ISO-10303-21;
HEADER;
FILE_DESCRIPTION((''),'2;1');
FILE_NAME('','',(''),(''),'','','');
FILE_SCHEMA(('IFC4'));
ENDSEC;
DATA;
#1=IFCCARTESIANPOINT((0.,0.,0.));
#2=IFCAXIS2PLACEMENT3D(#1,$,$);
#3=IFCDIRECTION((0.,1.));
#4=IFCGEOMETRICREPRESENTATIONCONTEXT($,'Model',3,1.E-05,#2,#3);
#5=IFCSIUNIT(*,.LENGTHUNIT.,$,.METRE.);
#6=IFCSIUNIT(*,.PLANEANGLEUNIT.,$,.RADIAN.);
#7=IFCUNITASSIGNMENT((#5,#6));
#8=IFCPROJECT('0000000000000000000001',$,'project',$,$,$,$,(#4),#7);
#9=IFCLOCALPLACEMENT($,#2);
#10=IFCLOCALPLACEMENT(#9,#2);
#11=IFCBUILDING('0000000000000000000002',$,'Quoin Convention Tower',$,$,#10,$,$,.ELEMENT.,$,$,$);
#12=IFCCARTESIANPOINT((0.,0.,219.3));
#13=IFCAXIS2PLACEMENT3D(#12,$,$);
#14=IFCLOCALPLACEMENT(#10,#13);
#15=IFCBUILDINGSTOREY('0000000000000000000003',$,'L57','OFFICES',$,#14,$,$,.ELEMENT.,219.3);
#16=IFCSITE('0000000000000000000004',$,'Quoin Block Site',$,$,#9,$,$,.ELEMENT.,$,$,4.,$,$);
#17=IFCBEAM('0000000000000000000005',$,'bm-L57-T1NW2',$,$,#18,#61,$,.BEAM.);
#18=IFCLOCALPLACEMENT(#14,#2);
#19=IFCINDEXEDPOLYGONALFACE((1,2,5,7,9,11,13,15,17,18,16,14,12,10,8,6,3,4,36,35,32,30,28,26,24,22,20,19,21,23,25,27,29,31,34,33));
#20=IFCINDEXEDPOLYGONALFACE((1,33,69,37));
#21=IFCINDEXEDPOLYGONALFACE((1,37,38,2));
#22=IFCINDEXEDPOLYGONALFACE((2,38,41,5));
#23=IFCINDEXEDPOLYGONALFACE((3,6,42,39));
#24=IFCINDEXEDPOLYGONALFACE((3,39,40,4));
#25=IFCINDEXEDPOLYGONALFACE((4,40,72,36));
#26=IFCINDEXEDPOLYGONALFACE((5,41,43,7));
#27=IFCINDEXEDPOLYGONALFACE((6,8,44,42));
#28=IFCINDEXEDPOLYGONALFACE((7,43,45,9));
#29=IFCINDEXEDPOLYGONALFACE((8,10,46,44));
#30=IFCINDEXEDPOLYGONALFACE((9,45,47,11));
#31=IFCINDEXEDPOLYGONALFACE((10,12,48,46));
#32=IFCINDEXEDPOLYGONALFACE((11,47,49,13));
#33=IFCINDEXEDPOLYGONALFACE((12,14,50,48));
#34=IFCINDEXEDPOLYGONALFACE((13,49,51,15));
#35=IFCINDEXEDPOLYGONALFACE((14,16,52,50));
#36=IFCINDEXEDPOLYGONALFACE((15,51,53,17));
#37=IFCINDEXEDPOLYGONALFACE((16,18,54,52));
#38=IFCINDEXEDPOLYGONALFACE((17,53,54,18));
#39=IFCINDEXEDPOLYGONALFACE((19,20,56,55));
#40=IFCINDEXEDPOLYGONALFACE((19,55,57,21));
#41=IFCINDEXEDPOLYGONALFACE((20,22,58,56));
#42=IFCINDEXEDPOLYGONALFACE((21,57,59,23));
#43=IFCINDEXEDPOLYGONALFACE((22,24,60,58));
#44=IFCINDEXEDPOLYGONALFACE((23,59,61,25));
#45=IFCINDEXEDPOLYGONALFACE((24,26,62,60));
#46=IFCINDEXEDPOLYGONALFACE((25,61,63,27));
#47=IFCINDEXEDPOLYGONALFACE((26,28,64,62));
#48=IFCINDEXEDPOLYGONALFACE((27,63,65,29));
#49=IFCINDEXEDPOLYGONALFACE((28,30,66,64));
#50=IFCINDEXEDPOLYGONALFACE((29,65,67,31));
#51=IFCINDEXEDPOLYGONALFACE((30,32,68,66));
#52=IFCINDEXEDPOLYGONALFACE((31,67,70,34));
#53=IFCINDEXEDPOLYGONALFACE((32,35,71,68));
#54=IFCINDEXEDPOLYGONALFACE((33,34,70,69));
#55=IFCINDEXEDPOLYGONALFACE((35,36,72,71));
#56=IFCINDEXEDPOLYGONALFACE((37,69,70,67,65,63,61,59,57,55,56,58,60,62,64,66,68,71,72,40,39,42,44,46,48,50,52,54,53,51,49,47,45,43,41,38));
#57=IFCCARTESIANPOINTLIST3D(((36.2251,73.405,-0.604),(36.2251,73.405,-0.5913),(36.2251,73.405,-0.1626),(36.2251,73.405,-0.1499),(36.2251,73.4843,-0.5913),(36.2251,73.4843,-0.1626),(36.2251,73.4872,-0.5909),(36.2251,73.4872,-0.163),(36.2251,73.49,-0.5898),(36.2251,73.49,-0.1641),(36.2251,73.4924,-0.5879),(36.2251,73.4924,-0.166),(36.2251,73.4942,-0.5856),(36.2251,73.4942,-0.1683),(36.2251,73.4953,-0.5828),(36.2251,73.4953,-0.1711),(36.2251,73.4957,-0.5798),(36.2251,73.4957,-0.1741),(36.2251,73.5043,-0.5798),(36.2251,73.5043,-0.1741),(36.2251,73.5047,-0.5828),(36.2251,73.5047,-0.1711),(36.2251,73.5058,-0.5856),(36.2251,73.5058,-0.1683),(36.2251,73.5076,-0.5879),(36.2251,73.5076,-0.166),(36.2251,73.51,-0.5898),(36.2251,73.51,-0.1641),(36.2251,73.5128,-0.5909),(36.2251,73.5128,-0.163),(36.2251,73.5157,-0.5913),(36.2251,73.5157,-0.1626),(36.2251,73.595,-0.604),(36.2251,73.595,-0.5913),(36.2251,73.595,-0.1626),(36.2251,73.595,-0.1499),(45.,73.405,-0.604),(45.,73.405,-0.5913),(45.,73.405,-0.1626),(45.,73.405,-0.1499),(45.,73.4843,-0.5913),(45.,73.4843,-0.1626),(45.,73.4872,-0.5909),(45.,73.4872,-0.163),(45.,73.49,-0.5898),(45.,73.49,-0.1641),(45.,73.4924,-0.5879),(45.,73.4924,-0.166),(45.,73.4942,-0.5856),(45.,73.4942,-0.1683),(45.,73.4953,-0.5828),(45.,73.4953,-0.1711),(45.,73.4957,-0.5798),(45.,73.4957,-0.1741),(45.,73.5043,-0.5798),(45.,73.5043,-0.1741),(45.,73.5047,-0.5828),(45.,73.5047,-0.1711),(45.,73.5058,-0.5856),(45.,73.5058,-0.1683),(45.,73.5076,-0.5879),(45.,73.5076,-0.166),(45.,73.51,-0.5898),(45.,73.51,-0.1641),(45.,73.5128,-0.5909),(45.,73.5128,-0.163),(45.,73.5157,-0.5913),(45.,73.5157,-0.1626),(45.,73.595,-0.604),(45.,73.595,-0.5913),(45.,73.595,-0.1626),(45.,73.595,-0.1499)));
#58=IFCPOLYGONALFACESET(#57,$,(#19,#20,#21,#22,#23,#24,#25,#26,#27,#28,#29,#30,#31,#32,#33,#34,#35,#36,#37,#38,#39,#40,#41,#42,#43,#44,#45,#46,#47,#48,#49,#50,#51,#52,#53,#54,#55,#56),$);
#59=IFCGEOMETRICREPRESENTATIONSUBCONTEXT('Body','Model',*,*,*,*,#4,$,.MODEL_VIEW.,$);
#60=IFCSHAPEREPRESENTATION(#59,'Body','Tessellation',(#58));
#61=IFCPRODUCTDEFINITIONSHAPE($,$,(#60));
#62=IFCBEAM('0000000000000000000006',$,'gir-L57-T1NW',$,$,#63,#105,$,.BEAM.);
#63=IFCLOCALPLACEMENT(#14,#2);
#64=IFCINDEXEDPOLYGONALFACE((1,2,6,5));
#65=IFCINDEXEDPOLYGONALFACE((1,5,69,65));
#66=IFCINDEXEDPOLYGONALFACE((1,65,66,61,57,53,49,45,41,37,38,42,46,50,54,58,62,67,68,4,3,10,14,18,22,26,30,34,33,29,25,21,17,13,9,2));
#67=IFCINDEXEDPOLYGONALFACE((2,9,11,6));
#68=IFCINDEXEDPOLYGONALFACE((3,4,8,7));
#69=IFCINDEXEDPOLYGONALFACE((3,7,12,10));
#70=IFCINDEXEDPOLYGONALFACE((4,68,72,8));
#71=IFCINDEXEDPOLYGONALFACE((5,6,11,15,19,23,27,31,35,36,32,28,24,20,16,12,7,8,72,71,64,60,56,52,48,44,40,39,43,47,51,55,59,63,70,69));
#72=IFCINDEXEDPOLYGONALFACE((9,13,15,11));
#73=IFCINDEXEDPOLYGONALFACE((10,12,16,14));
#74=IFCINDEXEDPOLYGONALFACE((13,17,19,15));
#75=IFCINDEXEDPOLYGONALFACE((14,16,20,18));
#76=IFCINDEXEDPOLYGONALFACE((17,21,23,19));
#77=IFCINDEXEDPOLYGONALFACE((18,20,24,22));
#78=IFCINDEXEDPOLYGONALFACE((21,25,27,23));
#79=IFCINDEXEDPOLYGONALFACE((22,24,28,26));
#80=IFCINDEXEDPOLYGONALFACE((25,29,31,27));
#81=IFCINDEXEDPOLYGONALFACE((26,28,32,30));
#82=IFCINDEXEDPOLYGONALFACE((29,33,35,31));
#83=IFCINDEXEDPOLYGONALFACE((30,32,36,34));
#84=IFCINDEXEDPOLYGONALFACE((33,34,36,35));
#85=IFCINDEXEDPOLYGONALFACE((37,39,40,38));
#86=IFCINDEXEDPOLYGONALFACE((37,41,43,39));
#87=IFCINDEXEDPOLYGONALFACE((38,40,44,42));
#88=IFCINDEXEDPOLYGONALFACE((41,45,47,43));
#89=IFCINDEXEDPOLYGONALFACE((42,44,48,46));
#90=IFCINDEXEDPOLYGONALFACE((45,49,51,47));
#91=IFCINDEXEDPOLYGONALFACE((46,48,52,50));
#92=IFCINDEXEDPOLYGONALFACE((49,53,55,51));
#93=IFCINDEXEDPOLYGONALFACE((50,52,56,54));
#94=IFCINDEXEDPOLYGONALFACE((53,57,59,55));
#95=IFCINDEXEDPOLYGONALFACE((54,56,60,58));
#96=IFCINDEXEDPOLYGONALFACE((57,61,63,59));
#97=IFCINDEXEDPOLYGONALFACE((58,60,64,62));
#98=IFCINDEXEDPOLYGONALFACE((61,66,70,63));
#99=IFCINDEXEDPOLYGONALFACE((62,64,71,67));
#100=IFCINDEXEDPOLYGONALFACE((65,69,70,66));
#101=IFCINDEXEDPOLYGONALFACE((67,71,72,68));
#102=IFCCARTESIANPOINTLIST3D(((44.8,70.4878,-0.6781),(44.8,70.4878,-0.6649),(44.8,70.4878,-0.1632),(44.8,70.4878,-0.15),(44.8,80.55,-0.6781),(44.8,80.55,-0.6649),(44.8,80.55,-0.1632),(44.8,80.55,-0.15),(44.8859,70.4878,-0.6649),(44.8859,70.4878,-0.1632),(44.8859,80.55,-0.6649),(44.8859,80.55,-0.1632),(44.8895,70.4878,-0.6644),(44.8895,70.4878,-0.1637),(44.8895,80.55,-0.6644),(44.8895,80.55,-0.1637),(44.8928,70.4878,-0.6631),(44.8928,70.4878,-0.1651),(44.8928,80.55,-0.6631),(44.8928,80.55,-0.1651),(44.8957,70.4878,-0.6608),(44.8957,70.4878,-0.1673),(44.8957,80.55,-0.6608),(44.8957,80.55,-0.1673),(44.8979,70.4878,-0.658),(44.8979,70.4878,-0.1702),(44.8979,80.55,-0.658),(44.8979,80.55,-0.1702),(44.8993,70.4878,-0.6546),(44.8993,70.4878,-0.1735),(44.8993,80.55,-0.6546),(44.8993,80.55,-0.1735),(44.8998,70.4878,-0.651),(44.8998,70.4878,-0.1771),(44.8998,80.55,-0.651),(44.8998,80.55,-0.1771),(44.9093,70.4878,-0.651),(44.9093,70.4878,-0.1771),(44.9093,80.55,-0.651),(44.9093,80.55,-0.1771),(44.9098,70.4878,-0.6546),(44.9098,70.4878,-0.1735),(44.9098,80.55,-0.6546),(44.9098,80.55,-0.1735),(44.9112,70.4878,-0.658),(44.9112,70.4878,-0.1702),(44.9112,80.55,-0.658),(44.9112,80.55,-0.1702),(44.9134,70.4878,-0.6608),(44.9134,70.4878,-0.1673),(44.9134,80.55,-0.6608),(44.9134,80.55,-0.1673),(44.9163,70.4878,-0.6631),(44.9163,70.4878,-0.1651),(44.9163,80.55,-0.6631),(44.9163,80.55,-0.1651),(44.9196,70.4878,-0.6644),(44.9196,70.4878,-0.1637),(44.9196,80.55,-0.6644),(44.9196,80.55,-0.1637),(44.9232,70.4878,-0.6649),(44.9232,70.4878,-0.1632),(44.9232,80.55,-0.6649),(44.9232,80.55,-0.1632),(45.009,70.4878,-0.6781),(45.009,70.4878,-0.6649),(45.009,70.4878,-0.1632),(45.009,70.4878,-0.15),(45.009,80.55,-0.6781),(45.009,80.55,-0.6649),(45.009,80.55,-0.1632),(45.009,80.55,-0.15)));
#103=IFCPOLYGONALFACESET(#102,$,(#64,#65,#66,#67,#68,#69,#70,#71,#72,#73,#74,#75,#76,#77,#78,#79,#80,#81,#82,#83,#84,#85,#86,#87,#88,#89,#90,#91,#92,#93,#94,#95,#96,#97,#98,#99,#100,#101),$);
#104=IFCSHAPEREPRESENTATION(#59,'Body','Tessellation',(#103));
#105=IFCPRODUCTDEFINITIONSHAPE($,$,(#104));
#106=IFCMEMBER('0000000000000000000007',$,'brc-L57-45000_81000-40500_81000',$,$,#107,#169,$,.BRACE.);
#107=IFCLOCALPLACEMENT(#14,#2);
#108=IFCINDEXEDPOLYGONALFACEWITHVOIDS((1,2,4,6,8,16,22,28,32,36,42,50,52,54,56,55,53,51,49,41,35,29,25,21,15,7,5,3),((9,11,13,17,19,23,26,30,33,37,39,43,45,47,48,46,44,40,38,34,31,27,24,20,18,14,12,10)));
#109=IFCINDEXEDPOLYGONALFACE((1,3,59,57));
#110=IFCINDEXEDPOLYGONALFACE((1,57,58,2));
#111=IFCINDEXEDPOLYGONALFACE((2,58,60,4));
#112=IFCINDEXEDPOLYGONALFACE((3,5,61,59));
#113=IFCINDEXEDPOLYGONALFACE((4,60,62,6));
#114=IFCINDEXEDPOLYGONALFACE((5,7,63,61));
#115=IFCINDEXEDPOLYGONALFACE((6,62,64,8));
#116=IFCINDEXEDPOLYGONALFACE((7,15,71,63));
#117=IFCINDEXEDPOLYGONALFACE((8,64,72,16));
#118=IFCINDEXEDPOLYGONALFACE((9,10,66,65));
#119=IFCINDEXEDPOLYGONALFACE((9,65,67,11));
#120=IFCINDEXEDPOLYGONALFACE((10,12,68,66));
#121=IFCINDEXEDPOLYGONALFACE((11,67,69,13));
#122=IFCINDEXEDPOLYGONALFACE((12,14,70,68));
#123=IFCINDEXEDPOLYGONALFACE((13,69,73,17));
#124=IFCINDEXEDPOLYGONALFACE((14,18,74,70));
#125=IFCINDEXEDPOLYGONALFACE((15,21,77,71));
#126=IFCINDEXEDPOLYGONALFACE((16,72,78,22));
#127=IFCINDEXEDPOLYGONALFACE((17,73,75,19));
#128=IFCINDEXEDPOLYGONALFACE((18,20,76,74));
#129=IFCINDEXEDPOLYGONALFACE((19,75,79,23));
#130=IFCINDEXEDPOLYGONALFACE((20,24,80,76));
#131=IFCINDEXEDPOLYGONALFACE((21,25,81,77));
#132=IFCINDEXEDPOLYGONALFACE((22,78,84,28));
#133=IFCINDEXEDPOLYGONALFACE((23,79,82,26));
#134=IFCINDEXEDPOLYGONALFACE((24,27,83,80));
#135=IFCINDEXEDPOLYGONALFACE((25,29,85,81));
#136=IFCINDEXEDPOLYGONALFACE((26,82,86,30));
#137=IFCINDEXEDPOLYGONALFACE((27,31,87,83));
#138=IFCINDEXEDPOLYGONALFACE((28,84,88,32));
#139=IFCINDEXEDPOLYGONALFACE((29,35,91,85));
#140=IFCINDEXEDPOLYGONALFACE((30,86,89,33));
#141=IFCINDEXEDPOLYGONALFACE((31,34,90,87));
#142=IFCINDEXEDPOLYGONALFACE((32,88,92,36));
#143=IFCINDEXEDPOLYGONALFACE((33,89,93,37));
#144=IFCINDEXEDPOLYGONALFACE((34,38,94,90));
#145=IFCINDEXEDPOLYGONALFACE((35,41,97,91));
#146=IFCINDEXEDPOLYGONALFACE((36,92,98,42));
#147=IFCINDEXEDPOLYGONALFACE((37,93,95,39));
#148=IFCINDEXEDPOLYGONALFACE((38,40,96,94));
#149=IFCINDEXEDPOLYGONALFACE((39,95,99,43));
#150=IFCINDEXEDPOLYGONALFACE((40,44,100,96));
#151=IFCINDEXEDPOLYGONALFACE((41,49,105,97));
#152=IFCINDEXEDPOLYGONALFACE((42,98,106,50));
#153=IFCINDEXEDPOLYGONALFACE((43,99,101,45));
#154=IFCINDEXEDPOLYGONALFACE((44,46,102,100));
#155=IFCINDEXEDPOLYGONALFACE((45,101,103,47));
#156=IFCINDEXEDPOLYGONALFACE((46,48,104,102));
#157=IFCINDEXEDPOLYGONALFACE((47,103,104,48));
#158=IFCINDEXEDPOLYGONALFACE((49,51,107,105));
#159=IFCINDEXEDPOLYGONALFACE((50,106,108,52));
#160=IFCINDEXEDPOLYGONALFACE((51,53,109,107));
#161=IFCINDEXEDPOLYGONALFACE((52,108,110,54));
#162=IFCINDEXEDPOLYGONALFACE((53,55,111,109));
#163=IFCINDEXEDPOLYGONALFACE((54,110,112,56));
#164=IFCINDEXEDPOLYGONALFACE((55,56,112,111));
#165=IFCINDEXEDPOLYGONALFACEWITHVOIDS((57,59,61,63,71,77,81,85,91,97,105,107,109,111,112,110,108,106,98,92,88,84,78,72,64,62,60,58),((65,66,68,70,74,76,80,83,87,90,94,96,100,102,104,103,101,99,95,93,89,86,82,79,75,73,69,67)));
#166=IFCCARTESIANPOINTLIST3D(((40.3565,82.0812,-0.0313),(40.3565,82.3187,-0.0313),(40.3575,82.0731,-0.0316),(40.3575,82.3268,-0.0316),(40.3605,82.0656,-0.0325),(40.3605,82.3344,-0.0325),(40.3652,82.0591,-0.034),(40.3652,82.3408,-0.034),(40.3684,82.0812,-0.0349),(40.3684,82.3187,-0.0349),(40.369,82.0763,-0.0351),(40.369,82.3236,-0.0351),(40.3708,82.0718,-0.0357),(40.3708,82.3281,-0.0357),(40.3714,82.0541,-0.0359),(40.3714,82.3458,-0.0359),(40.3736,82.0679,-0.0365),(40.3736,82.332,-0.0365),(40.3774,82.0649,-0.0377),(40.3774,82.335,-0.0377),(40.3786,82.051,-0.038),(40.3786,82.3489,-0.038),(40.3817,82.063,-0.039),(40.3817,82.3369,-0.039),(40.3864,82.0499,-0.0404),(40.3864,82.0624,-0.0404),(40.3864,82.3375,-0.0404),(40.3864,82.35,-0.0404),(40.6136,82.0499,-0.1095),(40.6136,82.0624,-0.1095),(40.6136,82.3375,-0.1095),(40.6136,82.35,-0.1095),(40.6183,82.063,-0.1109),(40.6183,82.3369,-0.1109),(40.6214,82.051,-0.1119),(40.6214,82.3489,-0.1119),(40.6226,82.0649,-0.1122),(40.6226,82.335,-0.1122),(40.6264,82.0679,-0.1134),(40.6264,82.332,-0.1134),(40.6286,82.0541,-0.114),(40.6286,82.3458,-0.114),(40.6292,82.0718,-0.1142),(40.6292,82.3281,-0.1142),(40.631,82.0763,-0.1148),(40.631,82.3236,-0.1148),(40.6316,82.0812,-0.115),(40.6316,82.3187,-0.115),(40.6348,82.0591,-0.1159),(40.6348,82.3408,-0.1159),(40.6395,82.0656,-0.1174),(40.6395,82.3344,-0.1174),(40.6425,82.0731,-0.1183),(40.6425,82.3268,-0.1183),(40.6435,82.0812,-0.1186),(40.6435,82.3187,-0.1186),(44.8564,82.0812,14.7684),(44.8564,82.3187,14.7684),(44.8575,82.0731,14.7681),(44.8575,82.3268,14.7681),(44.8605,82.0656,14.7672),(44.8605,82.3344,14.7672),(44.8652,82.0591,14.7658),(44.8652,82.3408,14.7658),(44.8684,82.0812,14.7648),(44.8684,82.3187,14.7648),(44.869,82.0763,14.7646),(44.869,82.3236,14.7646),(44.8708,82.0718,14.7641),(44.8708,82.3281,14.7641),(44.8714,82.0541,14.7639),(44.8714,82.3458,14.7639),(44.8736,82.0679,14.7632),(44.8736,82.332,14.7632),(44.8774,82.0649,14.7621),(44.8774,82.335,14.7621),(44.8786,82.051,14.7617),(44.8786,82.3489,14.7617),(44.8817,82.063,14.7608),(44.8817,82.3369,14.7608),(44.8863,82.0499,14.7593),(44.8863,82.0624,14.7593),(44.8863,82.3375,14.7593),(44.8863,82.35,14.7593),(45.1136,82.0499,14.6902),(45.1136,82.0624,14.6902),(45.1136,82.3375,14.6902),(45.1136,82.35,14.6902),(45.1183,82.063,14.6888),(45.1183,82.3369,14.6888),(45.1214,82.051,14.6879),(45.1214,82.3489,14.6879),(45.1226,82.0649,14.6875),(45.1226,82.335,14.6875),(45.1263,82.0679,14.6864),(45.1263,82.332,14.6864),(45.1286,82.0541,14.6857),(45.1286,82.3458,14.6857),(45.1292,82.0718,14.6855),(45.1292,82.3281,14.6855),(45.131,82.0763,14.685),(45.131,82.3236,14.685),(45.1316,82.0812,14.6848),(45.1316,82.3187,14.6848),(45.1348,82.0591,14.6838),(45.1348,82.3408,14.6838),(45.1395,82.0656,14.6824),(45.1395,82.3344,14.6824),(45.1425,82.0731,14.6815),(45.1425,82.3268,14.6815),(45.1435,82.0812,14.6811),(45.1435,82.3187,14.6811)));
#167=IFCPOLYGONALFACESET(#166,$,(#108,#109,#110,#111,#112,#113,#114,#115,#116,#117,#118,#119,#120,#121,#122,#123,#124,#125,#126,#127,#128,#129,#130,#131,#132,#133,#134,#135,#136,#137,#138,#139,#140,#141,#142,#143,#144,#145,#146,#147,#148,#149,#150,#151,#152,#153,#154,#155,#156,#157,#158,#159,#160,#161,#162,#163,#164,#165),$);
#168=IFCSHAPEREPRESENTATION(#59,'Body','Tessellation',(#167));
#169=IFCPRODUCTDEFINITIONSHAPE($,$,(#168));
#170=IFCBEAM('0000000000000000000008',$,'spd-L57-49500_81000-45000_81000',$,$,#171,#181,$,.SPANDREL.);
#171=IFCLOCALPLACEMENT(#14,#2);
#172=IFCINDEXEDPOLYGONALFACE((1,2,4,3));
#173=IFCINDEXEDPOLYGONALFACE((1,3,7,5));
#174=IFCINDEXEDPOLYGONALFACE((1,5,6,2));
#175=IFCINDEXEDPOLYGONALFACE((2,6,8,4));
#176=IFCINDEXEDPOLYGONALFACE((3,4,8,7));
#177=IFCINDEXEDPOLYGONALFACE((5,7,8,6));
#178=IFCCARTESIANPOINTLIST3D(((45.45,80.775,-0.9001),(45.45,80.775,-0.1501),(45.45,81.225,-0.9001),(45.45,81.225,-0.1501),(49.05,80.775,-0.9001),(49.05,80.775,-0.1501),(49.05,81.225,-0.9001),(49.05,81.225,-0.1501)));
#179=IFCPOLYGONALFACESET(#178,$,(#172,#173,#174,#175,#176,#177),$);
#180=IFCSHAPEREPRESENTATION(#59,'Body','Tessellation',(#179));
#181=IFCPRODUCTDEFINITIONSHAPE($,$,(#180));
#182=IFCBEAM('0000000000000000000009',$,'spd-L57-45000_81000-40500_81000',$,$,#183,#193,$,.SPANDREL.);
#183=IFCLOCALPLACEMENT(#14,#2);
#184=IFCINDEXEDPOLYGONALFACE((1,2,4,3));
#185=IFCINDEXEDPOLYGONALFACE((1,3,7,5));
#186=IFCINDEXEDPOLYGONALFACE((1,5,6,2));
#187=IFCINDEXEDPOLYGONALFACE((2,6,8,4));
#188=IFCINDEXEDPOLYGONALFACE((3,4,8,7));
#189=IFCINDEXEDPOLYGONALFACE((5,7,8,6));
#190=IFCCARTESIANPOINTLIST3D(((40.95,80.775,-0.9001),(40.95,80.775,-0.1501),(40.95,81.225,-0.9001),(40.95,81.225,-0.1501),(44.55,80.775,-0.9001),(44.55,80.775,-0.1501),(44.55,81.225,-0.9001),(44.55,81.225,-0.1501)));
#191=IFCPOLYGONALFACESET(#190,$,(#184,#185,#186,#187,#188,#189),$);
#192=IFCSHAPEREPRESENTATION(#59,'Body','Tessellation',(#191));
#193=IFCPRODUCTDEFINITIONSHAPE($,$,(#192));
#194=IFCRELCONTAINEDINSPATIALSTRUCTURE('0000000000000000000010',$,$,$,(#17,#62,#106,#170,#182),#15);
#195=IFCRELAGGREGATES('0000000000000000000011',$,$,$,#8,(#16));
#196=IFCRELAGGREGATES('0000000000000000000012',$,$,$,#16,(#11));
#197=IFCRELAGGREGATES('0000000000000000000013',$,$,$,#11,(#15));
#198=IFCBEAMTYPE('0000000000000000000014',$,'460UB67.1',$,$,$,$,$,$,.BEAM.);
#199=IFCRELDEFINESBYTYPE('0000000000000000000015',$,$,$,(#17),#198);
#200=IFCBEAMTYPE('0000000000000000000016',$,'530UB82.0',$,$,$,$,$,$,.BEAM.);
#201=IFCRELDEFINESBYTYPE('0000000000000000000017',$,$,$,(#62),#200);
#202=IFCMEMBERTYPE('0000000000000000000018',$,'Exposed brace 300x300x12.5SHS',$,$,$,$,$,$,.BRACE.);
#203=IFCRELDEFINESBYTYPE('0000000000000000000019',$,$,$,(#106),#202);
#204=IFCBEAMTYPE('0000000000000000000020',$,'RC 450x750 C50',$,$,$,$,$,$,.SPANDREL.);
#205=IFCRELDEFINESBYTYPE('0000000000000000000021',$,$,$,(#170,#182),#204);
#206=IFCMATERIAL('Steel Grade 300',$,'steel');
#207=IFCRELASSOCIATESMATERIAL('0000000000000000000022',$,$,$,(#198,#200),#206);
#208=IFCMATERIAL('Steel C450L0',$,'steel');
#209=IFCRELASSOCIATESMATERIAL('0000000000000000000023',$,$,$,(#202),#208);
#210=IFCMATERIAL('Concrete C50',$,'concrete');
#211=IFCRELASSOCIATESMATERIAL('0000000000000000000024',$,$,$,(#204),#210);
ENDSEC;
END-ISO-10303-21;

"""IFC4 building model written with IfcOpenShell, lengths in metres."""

from ifc_helpers import new_model, si_unit, direction, frame, origin, origin_2d, place, context, subcontext, project, spatial, rectangle, hollow_rectangle, i_section, extrude, material, material_profile, profile_set, type_object, element, save


model = new_model("IFC4")

# Units and contexts
model_context = context("Model", 3, precision=1e-05, world=origin(), true_north=direction((0.0, 1.0)))
body_context = subcontext(model_context, "Body", "Model", "MODEL_VIEW")
ifc_project = project(units=[si_unit("LENGTHUNIT", "METRE"), si_unit("PLANEANGLEUNIT", "RADIAN")], contexts=[model_context])

# Site, building, storey
site_placement = place(None, origin())
site = spatial("IfcSite", under=ifc_project, at=site_placement, Name="Quoin Block Site", CompositionType="ELEMENT", RefElevation=4.0)
building_placement = place(site_placement, origin())
building = spatial("IfcBuilding", under=site, at=building_placement, Name="Quoin Convention Tower", CompositionType="ELEMENT")
storey_placement = place(building_placement, frame((0.0, 0.0, 219.3)))
storey = spatial("IfcBuildingStorey", under=building, at=storey_placement, Name="L57", Description="OFFICES", CompositionType="ELEMENT", Elevation=219.3)

# Shared definitions
ifc_material_1 = material(Name="Concrete C50", Category="concrete")

# Beams
ifc_material_2 = material(Name="Steel Grade 300", Category="steel")
ifc_material_profile_1 = material_profile(ifc_material_2, i_section(OverallWidth=0.1899, OverallDepth=0.4541, WebThickness=0.0085, FlangeThickness=0.0127, FilletRadius=0.0115, at=origin_2d()), Name="460UB67.1")
ifc_profile_set_1 = profile_set([ifc_material_profile_1], Name="Steel Grade 300")
beam_type_1 = type_object("IfcBeamType", Name="460UB67.1", PredefinedType="BEAM", material=ifc_profile_set_1)
beam_1_placement = place(storey_placement, frame((36.2251, 73.5, -0.377), z_axis=(1.0, 0.0, 0.0), x_axis=(0.0, 1.0, 0.0)))
element("IfcBeam", 1, at=beam_1_placement, inside=storey, type_object=beam_type_1, Name="bm-L57-T1NW2", PredefinedType="BEAM", context=body_context, shape_type="SweptSolid", body=[
    extrude(i_section(OverallWidth=0.1899, OverallDepth=0.4541, WebThickness=0.0085, FlangeThickness=0.0127, FilletRadius=0.0115, at=origin_2d()), origin(), (0.0, 0.0, 1.0), 8.7749),
])
ifc_material_profile_2 = material_profile(ifc_material_2, i_section(OverallWidth=0.209, OverallDepth=0.5281, WebThickness=0.0095, FlangeThickness=0.0132, FilletRadius=0.0139, at=origin_2d()), Name="530UB82.0")
ifc_profile_set_2 = profile_set([ifc_material_profile_2], Name="Steel Grade 300")
beam_type_2 = type_object("IfcBeamType", Name="530UB82.0", PredefinedType="BEAM", material=ifc_profile_set_2)
beam_2_placement = place(storey_placement, frame((44.9045, 80.55, -0.4141), z_axis=(0.0, -1.0, 0.0), x_axis=(1.0, 0.0, 0.0)))
element("IfcBeam", 2, at=beam_2_placement, inside=storey, type_object=beam_type_2, Name="gir-L57-T1NW", PredefinedType="BEAM", context=body_context, shape_type="SweptSolid", body=[
    extrude(i_section(OverallWidth=0.209, OverallDepth=0.5281, WebThickness=0.0095, FlangeThickness=0.0132, FilletRadius=0.0139, at=origin_2d()), origin(), (0.0, 0.0, 1.0), 10.0623),
])

# Member
ifc_material_3 = material(Name="Steel C450L0", Category="steel")
ifc_material_profile_3 = material_profile(ifc_material_3, hollow_rectangle(XDim=0.3, YDim=0.3, WallThickness=0.0125, InnerFilletRadius=0.0188, OuterFilletRadius=0.0312, at=origin_2d()), Name="300x300x12.5SHS")
ifc_profile_set_3 = profile_set([ifc_material_profile_3], Name="Steel C450L0")
member_type = type_object("IfcMemberType", Name="Exposed brace 300x300x12.5SHS", PredefinedType="BRACE", material=ifc_profile_set_3)
member_placement = place(storey_placement, frame((40.5, 82.2, -0.075), z_axis=(0.290908, 0.0, 0.956751), x_axis=(0.0, 1.0, 0.0)))
element("IfcMember", 3, at=member_placement, inside=storey, type_object=member_type, Name="brc-L57-45000_81000-40500_81000", PredefinedType="BRACE", context=body_context, shape_type="SweptSolid", body=[
    extrude(hollow_rectangle(XDim=0.3, YDim=0.3, WallThickness=0.0125, InnerFilletRadius=0.0188, OuterFilletRadius=0.0312, at=origin_2d()), origin(), (0.0, 0.0, 1.0), 15.4688),
])

# Beams
ifc_material_profile_4 = material_profile(ifc_material_1, rectangle(XDim=0.45, YDim=0.75, at=origin_2d()), Name="RC 450x750")
ifc_profile_set_4 = profile_set([ifc_material_profile_4], Name="Concrete C50")
beam_type_3 = type_object("IfcBeamType", Name="RC 450x750 C50", PredefinedType="SPANDREL", material=ifc_profile_set_4)
for number, where, z_axis, x_axis, name in (
    (4, (49.05, 81.0, -0.5251), (-1.0, 0.0, 0.0), (0.0, -1.0, 0.0), "spd-L57-49500_81000-45000_81000"),
    (5, (44.55, 81.0, -0.5251), (-1.0, 0.0, 0.0), (0.0, -1.0, 0.0), "spd-L57-45000_81000-40500_81000"),
):
    element("IfcBeam", number, at=place(storey_placement, frame(where, z_axis=z_axis, x_axis=x_axis)), inside=storey, type_object=beam_type_3, Name=name, PredefinedType="SPANDREL", context=body_context, shape_type="SweptSolid", body=[
        extrude(rectangle(XDim=0.45, YDim=0.75, at=origin_2d()), origin(), (0.0, 0.0, 1.0), 3.6001),
    ])

save(model, "model.ifc")
